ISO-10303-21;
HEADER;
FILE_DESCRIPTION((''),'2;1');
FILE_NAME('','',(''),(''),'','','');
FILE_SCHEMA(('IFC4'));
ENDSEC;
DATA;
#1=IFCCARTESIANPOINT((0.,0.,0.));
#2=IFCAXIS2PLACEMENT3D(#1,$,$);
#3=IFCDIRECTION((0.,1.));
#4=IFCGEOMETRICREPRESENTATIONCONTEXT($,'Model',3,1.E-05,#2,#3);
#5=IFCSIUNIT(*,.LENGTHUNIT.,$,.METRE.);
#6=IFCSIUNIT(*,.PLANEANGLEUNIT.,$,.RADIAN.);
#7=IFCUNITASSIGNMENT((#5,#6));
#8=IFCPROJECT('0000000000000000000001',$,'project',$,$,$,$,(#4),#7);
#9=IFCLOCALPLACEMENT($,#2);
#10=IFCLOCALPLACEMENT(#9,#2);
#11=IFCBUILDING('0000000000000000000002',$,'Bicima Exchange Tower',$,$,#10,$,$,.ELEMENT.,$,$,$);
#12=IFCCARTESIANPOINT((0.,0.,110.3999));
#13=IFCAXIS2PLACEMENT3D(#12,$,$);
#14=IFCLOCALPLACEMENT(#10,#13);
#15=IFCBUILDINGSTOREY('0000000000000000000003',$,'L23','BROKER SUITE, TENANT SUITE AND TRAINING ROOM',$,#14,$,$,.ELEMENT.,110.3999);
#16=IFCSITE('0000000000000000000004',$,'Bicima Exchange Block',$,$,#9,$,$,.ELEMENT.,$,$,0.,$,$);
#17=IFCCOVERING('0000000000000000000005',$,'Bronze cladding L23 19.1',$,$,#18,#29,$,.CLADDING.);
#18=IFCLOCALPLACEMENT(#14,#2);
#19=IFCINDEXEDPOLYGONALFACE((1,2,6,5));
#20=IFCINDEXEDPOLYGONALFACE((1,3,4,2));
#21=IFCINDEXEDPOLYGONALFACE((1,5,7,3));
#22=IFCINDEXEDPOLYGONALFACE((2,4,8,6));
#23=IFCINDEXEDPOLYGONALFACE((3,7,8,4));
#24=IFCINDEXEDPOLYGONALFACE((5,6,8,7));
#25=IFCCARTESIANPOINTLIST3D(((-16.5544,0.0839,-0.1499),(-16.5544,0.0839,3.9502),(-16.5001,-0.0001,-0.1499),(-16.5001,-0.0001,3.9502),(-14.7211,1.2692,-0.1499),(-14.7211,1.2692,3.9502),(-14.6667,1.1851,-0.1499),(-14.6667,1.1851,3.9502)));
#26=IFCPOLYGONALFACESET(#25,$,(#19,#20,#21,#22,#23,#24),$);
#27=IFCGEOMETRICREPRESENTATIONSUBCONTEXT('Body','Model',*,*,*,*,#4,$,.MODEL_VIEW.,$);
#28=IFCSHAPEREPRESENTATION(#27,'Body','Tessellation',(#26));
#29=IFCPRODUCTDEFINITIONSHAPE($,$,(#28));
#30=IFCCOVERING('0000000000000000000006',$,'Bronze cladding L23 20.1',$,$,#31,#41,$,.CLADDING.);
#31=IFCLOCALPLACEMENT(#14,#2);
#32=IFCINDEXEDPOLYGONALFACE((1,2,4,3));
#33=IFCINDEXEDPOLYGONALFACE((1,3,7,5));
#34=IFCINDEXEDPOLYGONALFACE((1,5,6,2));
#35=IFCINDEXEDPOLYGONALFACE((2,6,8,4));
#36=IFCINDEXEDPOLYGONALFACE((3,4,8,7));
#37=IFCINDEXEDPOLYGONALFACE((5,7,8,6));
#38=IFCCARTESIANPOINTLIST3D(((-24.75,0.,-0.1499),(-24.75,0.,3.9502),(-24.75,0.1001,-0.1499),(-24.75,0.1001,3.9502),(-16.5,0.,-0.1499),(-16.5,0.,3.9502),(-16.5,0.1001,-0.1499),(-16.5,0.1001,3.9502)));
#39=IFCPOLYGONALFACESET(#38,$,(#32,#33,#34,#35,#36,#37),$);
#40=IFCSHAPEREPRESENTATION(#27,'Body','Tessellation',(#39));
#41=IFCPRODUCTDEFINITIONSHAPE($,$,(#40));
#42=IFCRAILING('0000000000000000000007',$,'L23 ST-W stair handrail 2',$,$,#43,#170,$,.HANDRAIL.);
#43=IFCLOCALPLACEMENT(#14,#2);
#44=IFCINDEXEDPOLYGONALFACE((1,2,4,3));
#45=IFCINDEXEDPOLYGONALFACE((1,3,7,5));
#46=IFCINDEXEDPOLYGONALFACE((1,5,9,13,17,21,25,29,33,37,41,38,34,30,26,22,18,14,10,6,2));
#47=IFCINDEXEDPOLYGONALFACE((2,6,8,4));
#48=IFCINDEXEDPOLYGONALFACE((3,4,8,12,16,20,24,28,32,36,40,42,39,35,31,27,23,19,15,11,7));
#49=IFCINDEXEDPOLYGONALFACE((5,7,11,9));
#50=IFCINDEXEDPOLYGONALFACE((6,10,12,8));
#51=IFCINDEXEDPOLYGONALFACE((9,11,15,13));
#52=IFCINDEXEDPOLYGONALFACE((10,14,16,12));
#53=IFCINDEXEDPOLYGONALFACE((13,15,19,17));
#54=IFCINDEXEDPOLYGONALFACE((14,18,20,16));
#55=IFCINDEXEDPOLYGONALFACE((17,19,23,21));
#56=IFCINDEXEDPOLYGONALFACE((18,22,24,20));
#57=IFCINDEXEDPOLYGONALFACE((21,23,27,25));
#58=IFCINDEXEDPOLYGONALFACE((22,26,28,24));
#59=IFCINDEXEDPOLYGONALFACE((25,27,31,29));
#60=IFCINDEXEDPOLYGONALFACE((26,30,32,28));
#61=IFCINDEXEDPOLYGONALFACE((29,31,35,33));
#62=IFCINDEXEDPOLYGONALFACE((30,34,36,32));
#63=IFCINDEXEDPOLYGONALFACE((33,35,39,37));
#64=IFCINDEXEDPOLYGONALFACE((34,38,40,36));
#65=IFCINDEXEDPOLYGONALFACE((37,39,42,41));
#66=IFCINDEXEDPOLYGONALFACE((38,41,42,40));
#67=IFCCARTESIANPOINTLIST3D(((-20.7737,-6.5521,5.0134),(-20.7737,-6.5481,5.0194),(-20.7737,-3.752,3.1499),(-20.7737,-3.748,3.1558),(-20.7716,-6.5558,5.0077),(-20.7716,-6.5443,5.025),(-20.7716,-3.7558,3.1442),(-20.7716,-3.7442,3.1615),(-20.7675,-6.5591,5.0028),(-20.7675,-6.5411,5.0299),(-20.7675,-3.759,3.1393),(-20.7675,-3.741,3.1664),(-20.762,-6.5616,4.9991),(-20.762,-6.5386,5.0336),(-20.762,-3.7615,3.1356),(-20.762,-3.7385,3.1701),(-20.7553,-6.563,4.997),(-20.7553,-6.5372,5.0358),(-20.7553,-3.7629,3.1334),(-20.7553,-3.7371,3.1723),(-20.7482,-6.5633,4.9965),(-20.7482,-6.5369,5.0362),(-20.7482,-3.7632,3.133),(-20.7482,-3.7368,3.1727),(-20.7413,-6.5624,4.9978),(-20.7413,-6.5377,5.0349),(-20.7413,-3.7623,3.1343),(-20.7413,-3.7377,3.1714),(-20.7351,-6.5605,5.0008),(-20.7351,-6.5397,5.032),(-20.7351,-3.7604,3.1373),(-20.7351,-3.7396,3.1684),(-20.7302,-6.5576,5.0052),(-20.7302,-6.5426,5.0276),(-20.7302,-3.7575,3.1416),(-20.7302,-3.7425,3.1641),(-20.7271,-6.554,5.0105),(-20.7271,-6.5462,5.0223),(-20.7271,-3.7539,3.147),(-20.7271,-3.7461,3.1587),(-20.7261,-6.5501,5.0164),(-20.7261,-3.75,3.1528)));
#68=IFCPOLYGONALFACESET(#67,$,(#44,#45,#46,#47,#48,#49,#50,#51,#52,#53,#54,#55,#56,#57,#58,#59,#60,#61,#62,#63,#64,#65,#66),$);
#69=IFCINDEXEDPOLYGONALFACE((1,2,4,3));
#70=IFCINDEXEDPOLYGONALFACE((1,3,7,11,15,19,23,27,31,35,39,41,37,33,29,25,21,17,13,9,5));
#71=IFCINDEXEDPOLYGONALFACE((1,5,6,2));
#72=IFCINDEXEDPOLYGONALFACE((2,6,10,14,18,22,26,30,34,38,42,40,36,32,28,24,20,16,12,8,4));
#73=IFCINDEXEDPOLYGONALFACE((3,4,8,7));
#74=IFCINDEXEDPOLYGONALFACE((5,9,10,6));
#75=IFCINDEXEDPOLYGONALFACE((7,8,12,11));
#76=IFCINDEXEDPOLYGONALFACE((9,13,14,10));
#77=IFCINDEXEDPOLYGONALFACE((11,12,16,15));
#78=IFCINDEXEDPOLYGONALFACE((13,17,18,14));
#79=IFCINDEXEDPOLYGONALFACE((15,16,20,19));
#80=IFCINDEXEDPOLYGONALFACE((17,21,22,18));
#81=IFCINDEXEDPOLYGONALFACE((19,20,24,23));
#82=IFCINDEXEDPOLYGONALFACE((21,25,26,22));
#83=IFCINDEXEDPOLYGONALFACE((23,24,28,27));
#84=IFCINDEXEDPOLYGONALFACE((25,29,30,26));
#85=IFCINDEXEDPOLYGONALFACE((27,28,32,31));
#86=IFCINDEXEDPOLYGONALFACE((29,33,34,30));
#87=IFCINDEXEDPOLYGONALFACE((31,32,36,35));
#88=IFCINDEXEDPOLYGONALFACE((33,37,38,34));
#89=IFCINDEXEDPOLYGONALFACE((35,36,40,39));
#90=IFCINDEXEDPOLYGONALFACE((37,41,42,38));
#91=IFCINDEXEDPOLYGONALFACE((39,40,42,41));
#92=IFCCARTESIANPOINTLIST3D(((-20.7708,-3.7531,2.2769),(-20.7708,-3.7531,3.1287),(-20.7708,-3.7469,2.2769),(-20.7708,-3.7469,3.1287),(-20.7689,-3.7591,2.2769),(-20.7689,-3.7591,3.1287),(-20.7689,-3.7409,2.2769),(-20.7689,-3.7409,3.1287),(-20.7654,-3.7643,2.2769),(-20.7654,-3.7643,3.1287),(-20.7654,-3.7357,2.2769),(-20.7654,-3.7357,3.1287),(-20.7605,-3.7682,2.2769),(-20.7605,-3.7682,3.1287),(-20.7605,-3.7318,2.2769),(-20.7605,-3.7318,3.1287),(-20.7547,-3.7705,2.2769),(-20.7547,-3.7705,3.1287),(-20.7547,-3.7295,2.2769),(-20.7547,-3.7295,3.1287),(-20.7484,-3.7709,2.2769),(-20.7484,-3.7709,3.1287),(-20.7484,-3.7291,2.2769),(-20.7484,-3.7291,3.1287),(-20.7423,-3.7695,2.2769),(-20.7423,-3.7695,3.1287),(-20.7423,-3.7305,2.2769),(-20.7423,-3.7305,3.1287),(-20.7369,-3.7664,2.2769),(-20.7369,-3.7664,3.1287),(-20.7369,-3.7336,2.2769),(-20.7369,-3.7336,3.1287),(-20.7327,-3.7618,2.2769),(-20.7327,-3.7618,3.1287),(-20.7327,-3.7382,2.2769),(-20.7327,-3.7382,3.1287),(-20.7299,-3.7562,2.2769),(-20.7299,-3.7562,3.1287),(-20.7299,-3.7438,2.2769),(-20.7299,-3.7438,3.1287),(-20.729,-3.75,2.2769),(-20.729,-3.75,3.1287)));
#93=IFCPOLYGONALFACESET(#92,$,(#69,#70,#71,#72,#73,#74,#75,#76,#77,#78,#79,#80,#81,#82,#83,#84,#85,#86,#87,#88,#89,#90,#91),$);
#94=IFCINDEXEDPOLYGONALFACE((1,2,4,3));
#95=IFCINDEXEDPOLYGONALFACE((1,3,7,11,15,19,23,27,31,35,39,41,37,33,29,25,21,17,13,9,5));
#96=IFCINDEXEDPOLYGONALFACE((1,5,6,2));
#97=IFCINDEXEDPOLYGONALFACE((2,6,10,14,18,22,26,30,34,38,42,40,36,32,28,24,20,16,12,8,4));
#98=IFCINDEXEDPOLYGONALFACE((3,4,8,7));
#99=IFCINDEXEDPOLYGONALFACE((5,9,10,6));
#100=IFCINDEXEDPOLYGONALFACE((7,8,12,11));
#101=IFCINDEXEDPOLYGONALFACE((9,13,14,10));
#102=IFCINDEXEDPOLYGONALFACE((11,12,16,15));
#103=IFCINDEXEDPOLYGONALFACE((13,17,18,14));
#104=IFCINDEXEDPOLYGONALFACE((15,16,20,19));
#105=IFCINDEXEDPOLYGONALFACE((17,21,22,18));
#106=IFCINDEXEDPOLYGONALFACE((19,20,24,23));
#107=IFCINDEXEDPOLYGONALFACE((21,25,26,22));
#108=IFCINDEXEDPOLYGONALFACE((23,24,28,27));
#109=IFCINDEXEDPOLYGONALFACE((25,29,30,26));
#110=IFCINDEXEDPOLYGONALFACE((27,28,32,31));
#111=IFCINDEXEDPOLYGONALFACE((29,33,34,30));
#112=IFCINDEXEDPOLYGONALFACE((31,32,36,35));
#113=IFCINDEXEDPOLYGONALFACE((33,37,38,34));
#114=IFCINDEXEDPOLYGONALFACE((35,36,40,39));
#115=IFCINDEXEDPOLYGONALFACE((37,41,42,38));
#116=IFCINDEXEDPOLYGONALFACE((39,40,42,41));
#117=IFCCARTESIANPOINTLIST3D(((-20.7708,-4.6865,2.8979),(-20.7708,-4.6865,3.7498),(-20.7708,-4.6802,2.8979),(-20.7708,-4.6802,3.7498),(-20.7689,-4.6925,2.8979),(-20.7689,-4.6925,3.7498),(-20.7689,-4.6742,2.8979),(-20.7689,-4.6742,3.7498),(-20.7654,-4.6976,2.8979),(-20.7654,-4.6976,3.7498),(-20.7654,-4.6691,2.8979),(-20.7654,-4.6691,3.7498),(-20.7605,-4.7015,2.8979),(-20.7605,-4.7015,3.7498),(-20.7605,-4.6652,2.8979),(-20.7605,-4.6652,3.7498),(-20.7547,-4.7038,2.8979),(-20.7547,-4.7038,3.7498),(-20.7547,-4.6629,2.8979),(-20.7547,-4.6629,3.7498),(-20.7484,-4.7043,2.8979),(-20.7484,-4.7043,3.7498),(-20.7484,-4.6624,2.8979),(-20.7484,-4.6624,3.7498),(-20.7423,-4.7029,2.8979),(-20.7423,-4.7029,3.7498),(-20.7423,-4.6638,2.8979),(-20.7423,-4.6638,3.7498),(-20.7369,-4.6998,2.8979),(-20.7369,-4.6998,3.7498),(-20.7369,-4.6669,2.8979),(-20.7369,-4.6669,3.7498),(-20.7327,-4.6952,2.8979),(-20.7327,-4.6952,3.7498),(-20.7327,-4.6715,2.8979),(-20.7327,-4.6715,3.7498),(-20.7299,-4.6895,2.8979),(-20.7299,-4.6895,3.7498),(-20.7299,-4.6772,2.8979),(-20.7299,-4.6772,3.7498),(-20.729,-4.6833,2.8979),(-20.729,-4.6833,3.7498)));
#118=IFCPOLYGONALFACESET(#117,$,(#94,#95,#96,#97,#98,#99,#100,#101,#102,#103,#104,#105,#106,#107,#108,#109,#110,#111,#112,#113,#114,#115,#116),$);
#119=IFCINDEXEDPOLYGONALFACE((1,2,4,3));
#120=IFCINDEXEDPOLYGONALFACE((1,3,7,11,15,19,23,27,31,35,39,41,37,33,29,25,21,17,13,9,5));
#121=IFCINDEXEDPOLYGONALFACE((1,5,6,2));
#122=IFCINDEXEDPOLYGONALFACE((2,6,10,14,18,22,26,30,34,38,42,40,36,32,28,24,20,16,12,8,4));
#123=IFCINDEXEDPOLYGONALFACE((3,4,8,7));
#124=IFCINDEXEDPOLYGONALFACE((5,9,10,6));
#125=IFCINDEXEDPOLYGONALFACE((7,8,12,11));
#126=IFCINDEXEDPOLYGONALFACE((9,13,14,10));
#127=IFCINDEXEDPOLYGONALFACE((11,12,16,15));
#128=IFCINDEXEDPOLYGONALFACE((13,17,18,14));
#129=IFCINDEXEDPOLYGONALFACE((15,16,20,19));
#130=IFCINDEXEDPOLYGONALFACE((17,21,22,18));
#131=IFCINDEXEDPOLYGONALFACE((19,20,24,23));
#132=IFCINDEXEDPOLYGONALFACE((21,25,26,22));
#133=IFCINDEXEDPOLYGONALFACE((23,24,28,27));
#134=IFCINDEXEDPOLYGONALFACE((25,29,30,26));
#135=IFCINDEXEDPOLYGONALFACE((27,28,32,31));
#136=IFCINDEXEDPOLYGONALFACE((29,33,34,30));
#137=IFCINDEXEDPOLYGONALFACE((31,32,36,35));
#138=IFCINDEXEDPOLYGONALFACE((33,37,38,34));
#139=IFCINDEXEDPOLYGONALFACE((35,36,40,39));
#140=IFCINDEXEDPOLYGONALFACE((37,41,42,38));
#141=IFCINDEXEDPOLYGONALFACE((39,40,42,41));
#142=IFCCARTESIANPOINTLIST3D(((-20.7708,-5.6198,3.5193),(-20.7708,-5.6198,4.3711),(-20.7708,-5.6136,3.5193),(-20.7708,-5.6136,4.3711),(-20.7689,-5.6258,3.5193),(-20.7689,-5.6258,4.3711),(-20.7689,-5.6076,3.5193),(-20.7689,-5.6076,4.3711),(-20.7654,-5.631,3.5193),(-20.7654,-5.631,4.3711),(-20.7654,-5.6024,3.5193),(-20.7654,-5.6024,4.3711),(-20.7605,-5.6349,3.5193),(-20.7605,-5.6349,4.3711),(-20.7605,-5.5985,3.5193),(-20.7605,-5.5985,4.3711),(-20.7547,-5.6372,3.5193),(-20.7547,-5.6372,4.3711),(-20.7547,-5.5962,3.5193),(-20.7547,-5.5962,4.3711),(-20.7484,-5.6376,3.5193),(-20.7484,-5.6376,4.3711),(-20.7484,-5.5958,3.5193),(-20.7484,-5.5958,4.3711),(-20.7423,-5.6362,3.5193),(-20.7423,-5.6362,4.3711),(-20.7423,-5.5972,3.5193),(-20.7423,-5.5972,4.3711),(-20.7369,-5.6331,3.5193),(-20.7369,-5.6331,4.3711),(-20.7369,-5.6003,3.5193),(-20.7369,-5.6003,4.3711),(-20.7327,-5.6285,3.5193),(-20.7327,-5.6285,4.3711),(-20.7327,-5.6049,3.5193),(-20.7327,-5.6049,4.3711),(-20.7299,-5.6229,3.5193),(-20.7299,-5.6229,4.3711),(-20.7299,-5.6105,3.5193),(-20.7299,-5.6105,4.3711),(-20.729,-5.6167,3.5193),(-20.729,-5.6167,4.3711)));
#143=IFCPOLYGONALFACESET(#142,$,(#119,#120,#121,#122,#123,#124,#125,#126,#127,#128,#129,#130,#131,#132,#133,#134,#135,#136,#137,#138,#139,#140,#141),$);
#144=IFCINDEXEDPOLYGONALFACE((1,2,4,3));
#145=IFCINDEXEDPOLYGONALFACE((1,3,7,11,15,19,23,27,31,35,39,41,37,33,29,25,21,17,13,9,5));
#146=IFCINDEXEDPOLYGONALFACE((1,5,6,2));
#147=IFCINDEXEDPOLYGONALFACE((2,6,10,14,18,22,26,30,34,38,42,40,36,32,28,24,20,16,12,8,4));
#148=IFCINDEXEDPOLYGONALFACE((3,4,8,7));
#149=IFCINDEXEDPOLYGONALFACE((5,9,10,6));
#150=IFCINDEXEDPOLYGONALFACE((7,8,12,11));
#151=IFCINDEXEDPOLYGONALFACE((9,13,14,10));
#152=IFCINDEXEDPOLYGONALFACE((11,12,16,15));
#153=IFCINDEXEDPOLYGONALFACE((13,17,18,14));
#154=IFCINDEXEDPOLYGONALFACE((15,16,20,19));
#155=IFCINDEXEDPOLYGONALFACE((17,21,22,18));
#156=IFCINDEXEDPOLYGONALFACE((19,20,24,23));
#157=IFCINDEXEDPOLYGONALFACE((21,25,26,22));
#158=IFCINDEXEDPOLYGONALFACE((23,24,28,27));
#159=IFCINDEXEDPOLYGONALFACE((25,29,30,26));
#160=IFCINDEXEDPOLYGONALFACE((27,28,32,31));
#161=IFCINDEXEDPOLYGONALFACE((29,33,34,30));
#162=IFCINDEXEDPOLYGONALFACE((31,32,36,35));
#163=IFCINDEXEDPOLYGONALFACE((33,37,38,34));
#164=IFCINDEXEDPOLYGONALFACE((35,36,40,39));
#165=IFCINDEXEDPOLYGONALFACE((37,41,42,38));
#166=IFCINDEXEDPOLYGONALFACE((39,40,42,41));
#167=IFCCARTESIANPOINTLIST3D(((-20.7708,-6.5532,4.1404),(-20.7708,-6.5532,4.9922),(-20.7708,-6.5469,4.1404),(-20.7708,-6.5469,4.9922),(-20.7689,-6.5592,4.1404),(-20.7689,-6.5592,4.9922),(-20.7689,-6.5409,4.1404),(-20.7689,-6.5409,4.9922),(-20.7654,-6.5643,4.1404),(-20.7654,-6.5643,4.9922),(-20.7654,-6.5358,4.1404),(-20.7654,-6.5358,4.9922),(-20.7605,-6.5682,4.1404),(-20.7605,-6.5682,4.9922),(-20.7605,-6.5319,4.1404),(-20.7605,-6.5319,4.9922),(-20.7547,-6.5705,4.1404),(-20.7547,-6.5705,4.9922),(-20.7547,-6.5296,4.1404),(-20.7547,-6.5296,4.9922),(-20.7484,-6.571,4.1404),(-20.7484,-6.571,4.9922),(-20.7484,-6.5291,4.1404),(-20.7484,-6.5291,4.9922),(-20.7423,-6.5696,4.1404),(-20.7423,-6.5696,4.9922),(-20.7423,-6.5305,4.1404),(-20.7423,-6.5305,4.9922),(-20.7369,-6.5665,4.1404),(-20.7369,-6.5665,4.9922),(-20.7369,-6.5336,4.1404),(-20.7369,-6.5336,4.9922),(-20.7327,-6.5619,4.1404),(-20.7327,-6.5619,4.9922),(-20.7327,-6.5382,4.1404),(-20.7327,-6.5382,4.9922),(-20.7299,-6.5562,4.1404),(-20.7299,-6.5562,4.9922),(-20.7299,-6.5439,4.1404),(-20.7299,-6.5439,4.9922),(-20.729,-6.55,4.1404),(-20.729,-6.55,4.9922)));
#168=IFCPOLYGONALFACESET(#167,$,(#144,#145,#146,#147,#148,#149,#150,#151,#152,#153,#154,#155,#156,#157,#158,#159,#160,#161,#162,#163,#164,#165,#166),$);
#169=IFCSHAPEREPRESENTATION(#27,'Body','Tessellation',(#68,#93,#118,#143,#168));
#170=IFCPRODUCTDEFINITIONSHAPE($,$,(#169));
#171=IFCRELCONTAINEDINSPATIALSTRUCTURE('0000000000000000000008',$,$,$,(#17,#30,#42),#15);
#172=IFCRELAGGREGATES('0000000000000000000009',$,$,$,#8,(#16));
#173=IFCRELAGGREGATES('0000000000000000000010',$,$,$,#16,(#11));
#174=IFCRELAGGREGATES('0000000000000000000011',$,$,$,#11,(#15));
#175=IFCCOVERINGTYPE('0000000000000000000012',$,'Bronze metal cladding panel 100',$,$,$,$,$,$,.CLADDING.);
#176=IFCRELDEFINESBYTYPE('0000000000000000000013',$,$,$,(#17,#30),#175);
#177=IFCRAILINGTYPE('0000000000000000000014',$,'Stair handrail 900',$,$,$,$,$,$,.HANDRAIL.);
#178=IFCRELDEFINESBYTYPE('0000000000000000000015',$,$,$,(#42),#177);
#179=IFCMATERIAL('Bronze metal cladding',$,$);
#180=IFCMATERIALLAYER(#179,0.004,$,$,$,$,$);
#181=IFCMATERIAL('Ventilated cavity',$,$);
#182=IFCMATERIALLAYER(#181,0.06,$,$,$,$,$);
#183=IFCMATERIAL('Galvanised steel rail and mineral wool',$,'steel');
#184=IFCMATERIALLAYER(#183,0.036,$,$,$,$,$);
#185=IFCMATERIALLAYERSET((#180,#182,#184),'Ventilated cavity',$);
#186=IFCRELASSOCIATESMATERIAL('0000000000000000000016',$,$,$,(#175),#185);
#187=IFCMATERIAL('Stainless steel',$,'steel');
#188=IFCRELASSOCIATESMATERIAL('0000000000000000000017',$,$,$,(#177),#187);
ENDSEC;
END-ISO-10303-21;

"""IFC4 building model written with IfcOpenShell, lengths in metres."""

from ifc_helpers import new_model, si_unit, direction, frame, origin, origin_2d, place, context, subcontext, project, spatial, rectangle, circle, extrude, material, layer, layer_set, type_object, element, save


model = new_model("IFC4")

# Units and contexts
model_context = context("Model", 3, precision=1e-05, world=origin(), true_north=direction((0.0, 1.0)))
body_context = subcontext(model_context, "Body", "Model", "MODEL_VIEW")
ifc_project = project(units=[si_unit("LENGTHUNIT", "METRE"), si_unit("PLANEANGLEUNIT", "RADIAN")], contexts=[model_context])

# Site, building, storey
site_placement = place(None, origin())
site = spatial("IfcSite", under=ifc_project, at=site_placement, Name="Bicima Exchange Block", CompositionType="ELEMENT", RefElevation=0.0)
building_placement = place(site_placement, origin())
building = spatial("IfcBuilding", under=site, at=building_placement, Name="Bicima Exchange Tower", CompositionType="ELEMENT")
storey_placement = place(building_placement, frame((0.0, 0.0, 110.3999)))
storey = spatial("IfcBuildingStorey", under=building, at=storey_placement, Name="L23", Description="BROKER SUITE, TENANT SUITE AND TRAINING ROOM", CompositionType="ELEMENT", Elevation=110.3999)

# Coverings
ifc_material_1 = material(Name="Bronze metal cladding")
ifc_layer_1 = layer(ifc_material_1, 0.004)
ifc_material_2 = material(Name="Ventilated cavity")
ifc_layer_2 = layer(ifc_material_2, 0.06)
ifc_material_3 = material(Name="Galvanised steel rail and mineral wool", Category="steel")
ifc_layer_3 = layer(ifc_material_3, 0.036)
ifc_layer_set_1 = layer_set([ifc_layer_1, ifc_layer_2, ifc_layer_3], Name="Ventilated cavity")
covering_type = type_object("IfcCoveringType", Name="Bronze metal cladding panel 100", PredefinedType="CLADDING", material=ifc_layer_set_1)
covering_1_placement = place(storey_placement, frame((-15.6106, 0.6345, -0.1499), z_axis=(0.0, 0.0, 1.0), x_axis=(-0.83979, -0.542911, 0.0)))
element("IfcCovering", 1, at=covering_1_placement, inside=storey, type_object=covering_type, Name="Bronze cladding L23 19.1", PredefinedType="CLADDING", context=body_context, shape_type="SweptSolid", body=[
    extrude(rectangle(XDim=2.1831, YDim=0.1001, at=origin_2d()), origin(), (0.0, 0.0, 1.0), 4.1001),
])
covering_2_placement = place(storey_placement, frame((-20.625, 0.05, -0.1499), z_axis=(0.0, 0.0, 1.0), x_axis=(-1.0, 0.0, 0.0)))
element("IfcCovering", 2, at=covering_2_placement, inside=storey, type_object=covering_type, Name="Bronze cladding L23 20.1", PredefinedType="CLADDING", context=body_context, shape_type="SweptSolid", body=[
    extrude(rectangle(XDim=8.25, YDim=0.1001, at=origin_2d()), origin(), (0.0, 0.0, 1.0), 4.1001),
])

# Railing
ifc_material_4 = material(Name="Stainless steel", Category="steel")
railing_type = type_object("IfcRailingType", Name="Stair handrail 900", PredefinedType="HANDRAIL", material=ifc_material_4)
railing_placement = place(storey_placement, frame((-20.75, -3.75, 2.2769)))
element("IfcRailing", 3, at=railing_placement, inside=storey, type_object=railing_type, Name="L23 ST-W stair handrail 2", PredefinedType="HANDRAIL", context=body_context, shape_type="SweptSolid", body=[
    extrude(circle(Radius=0.0239, at=origin_2d()), frame((0.0, 0.0, 0.876), z_axis=(0.0, -0.832486, 0.554047), x_axis=(1.0, 0.0, 0.0)), (0.0, 0.0, 1.0), 3.3635),
    extrude(circle(Radius=0.021, at=origin_2d()), origin(), (0.0, 0.0, 1.0), 0.8518),
    extrude(circle(Radius=0.021, at=origin_2d()), frame((0.0, -0.9333, 0.6211)), (0.0, 0.0, 1.0), 0.8518),
    extrude(circle(Radius=0.021, at=origin_2d()), frame((0.0, -1.8667, 1.2424)), (0.0, 0.0, 1.0), 0.8518),
    extrude(circle(Radius=0.021, at=origin_2d()), frame((0.0, -2.8, 1.8635)), (0.0, 0.0, 1.0), 0.8518),
])

save(model, "model.ifc")
